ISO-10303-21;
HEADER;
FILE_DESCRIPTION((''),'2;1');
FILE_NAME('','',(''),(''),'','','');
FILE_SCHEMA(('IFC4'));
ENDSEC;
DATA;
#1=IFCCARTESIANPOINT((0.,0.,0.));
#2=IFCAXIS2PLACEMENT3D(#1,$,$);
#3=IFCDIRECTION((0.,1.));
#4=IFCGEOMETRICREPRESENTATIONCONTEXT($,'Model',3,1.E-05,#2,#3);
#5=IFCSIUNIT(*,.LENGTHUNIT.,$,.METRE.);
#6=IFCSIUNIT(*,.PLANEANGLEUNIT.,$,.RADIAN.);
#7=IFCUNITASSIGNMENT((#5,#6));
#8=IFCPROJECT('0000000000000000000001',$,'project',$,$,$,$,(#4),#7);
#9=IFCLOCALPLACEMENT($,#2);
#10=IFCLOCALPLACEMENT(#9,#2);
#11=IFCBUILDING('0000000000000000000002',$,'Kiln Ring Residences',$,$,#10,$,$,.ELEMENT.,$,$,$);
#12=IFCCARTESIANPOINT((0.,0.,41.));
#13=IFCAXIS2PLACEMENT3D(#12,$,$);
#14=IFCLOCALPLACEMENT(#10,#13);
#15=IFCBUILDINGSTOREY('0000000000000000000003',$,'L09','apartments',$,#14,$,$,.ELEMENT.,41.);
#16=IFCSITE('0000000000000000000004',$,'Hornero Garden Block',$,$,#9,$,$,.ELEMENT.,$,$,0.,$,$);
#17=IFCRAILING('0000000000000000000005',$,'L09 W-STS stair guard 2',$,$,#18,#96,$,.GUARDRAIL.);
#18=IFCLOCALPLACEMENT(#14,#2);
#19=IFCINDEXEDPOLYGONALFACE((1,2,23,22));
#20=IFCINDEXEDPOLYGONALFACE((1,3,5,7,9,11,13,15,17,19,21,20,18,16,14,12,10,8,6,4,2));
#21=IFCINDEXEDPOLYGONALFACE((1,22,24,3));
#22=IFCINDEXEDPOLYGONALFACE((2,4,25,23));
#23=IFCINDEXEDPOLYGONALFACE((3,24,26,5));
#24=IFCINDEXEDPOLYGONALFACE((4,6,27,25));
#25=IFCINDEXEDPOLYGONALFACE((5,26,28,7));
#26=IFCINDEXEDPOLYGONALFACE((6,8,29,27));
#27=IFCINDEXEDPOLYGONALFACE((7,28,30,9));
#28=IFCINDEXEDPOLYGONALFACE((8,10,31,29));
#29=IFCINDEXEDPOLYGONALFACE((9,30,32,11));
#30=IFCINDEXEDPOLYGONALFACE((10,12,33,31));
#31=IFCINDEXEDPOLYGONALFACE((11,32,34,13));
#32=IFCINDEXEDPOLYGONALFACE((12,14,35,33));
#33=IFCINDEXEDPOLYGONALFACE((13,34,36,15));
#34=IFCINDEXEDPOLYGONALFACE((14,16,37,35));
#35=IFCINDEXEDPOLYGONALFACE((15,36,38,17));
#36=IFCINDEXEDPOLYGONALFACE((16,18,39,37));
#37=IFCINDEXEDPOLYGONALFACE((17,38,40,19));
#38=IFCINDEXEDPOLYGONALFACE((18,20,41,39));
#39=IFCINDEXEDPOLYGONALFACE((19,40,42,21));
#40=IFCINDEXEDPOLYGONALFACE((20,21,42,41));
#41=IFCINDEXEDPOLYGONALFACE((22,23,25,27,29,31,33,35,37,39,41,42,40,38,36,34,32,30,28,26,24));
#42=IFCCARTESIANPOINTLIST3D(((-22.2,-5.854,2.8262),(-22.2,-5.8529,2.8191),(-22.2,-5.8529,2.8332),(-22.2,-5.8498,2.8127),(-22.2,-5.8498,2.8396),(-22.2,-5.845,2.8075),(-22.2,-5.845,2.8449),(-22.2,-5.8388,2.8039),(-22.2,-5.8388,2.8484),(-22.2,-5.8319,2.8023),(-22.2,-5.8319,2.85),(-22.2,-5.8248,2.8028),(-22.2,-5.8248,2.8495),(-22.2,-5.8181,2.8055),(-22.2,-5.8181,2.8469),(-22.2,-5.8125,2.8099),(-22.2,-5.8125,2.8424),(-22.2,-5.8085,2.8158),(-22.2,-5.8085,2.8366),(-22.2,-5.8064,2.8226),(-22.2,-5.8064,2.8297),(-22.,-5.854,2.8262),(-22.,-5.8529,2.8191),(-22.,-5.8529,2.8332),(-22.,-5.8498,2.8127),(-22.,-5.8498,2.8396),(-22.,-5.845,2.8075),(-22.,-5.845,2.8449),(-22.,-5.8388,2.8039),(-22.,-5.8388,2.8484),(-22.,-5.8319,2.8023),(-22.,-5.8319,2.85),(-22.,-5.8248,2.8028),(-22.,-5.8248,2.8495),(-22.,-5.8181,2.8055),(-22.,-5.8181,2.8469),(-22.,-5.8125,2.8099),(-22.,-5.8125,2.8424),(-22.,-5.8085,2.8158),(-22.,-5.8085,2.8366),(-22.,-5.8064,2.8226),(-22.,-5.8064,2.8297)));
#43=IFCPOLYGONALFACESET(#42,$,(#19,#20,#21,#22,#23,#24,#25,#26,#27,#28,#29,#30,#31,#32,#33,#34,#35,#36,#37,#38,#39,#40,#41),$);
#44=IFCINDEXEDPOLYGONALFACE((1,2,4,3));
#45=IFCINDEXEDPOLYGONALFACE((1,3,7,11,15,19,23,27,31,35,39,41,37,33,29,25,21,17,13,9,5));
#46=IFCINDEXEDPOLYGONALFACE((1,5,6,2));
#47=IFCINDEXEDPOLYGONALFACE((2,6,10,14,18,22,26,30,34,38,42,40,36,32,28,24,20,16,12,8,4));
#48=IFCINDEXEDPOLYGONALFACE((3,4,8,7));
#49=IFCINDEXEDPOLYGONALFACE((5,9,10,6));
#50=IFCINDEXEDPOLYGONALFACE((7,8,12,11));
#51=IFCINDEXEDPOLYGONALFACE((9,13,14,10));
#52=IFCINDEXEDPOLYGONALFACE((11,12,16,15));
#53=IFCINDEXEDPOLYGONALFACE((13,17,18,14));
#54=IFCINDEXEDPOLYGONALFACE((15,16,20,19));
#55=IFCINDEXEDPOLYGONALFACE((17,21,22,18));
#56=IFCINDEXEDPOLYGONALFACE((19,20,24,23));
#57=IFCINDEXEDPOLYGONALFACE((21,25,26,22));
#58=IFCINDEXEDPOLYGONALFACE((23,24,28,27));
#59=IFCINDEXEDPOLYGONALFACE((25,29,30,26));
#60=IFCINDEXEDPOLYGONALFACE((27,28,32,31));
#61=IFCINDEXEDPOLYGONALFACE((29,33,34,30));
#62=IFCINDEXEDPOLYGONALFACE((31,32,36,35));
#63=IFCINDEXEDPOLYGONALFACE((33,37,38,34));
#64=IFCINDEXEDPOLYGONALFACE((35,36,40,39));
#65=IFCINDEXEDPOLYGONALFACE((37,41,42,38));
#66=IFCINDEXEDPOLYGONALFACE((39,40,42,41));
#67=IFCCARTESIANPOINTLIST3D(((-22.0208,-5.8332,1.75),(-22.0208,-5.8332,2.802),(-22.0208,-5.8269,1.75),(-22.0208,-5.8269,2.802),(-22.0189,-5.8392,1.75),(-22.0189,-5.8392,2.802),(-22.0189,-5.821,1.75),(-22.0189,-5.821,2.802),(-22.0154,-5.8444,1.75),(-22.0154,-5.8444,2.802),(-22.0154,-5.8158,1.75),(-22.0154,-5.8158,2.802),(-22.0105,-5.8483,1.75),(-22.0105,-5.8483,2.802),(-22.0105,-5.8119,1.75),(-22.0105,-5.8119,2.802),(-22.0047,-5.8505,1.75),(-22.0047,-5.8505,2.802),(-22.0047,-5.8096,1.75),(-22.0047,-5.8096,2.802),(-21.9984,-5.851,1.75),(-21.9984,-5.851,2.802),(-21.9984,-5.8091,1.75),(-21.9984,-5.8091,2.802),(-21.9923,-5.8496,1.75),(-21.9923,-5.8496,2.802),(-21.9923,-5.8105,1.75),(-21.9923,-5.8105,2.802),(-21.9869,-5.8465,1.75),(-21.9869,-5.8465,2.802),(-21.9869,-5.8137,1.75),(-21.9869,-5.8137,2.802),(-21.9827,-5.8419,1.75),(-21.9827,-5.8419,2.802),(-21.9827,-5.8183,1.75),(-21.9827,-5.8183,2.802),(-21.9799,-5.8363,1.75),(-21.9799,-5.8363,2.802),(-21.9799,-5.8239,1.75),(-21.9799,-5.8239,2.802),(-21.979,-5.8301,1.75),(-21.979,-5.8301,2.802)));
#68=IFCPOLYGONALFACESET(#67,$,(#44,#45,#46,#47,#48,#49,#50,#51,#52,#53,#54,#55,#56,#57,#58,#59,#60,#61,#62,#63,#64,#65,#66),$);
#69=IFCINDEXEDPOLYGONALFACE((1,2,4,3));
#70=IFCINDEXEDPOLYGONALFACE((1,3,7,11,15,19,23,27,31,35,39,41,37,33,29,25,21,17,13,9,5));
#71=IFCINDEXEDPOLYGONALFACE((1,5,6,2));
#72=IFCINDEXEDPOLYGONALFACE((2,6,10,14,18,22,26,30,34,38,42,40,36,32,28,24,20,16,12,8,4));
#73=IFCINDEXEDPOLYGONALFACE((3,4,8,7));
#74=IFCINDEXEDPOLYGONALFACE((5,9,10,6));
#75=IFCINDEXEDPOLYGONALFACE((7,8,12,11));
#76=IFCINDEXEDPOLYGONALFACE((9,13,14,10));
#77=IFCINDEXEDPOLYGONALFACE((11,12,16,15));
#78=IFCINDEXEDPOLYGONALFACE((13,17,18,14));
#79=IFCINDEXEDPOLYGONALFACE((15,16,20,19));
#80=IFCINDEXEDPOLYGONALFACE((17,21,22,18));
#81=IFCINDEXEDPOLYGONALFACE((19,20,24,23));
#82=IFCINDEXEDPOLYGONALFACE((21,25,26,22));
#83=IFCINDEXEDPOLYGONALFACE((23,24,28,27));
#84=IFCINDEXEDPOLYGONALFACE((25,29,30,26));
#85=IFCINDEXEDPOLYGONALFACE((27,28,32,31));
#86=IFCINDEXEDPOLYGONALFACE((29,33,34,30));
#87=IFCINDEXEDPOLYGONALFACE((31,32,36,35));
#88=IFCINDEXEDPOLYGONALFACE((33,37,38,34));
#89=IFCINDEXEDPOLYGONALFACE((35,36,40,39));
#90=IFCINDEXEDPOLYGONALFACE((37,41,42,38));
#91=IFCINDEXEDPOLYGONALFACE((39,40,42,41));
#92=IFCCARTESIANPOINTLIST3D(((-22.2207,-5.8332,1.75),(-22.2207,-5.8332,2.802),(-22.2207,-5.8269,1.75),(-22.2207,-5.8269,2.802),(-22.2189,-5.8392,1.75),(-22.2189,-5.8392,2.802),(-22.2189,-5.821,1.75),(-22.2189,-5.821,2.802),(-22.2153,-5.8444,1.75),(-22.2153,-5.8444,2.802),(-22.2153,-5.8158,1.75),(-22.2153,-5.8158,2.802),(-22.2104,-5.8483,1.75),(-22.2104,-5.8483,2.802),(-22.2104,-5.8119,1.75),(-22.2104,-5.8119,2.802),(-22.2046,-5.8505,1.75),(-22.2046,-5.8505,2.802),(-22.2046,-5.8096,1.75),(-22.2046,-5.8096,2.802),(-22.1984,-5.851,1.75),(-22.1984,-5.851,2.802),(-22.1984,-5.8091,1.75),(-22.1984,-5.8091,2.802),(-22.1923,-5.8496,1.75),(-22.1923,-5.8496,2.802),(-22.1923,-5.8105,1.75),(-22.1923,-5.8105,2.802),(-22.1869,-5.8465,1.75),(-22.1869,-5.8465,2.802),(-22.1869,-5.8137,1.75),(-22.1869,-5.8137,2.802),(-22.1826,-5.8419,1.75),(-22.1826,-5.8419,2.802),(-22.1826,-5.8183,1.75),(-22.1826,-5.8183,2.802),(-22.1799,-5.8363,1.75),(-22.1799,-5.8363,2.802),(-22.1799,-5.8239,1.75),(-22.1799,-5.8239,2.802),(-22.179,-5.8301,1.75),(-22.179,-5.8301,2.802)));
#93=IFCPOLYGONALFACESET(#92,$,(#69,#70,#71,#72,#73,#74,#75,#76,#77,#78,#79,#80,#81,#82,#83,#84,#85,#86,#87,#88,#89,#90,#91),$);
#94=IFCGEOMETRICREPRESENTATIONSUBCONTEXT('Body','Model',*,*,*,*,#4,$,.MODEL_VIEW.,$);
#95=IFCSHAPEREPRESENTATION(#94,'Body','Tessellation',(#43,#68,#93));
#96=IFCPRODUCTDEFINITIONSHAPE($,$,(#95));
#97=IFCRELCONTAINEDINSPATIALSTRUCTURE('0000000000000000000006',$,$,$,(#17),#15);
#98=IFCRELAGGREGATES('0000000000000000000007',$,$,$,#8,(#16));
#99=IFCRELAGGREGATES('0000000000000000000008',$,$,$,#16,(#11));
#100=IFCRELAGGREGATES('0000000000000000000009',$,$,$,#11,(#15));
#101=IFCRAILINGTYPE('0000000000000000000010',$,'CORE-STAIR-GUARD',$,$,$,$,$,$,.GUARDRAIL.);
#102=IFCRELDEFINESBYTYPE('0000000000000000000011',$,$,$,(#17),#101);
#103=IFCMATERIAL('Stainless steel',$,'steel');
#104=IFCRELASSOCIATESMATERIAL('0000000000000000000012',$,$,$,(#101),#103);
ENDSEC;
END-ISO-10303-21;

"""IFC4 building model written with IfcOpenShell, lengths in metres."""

from ifc_helpers import new_model, si_unit, direction, frame, origin, origin_2d, place, context, subcontext, project, spatial, circle, extrude, material, type_object, element, save


model = new_model("IFC4")

# Units and contexts
model_context = context("Model", 3, precision=1e-05, world=origin(), true_north=direction((0.0, 1.0)))
body_context = subcontext(model_context, "Body", "Model", "MODEL_VIEW")
ifc_project = project(units=[si_unit("LENGTHUNIT", "METRE"), si_unit("PLANEANGLEUNIT", "RADIAN")], contexts=[model_context])

# Site, building, storey
site_placement = place(None, origin())
site = spatial("IfcSite", under=ifc_project, at=site_placement, Name="Hornero Garden Block", CompositionType="ELEMENT", RefElevation=0.0)
building_placement = place(site_placement, origin())
building = spatial("IfcBuilding", under=site, at=building_placement, Name="Kiln Ring Residences", CompositionType="ELEMENT")
storey_placement = place(building_placement, frame((0.0, 0.0, 41.0)))
storey = spatial("IfcBuildingStorey", under=building, at=storey_placement, Name="L09", Description="apartments", CompositionType="ELEMENT", Elevation=41.0)

# Railing
ifc_material_1 = material(Name="Stainless steel", Category="steel")
railing_type_1 = type_object("IfcRailingType", Name="CORE-STAIR-GUARD", PredefinedType="GUARDRAIL", material=ifc_material_1)
railing_1_placement = place(storey_placement, frame((-22.0, -5.8301, 1.75)))
element("IfcRailing", 1, at=railing_1_placement, inside=storey, type_object=railing_type_1, Name="L09 W-STS stair guard 2", PredefinedType="GUARDRAIL", context=body_context, shape_type="SweptSolid", body=[
    extrude(circle(Radius=0.0239, at=origin_2d()), frame((0.0, 0.0, 1.0762), z_axis=(-1.0, 0.0, 0.0), x_axis=(0.0, -1.0, 0.0)), (0.0, 0.0, 1.0), 0.2),
    extrude(circle(Radius=0.021, at=origin_2d()), origin(), (0.0, 0.0, 1.0), 1.052),
    extrude(circle(Radius=0.021, at=origin_2d()), frame((-0.2, 0.0, 0.0)), (0.0, 0.0, 1.0), 1.052),
])

save(model, "model.ifc")
